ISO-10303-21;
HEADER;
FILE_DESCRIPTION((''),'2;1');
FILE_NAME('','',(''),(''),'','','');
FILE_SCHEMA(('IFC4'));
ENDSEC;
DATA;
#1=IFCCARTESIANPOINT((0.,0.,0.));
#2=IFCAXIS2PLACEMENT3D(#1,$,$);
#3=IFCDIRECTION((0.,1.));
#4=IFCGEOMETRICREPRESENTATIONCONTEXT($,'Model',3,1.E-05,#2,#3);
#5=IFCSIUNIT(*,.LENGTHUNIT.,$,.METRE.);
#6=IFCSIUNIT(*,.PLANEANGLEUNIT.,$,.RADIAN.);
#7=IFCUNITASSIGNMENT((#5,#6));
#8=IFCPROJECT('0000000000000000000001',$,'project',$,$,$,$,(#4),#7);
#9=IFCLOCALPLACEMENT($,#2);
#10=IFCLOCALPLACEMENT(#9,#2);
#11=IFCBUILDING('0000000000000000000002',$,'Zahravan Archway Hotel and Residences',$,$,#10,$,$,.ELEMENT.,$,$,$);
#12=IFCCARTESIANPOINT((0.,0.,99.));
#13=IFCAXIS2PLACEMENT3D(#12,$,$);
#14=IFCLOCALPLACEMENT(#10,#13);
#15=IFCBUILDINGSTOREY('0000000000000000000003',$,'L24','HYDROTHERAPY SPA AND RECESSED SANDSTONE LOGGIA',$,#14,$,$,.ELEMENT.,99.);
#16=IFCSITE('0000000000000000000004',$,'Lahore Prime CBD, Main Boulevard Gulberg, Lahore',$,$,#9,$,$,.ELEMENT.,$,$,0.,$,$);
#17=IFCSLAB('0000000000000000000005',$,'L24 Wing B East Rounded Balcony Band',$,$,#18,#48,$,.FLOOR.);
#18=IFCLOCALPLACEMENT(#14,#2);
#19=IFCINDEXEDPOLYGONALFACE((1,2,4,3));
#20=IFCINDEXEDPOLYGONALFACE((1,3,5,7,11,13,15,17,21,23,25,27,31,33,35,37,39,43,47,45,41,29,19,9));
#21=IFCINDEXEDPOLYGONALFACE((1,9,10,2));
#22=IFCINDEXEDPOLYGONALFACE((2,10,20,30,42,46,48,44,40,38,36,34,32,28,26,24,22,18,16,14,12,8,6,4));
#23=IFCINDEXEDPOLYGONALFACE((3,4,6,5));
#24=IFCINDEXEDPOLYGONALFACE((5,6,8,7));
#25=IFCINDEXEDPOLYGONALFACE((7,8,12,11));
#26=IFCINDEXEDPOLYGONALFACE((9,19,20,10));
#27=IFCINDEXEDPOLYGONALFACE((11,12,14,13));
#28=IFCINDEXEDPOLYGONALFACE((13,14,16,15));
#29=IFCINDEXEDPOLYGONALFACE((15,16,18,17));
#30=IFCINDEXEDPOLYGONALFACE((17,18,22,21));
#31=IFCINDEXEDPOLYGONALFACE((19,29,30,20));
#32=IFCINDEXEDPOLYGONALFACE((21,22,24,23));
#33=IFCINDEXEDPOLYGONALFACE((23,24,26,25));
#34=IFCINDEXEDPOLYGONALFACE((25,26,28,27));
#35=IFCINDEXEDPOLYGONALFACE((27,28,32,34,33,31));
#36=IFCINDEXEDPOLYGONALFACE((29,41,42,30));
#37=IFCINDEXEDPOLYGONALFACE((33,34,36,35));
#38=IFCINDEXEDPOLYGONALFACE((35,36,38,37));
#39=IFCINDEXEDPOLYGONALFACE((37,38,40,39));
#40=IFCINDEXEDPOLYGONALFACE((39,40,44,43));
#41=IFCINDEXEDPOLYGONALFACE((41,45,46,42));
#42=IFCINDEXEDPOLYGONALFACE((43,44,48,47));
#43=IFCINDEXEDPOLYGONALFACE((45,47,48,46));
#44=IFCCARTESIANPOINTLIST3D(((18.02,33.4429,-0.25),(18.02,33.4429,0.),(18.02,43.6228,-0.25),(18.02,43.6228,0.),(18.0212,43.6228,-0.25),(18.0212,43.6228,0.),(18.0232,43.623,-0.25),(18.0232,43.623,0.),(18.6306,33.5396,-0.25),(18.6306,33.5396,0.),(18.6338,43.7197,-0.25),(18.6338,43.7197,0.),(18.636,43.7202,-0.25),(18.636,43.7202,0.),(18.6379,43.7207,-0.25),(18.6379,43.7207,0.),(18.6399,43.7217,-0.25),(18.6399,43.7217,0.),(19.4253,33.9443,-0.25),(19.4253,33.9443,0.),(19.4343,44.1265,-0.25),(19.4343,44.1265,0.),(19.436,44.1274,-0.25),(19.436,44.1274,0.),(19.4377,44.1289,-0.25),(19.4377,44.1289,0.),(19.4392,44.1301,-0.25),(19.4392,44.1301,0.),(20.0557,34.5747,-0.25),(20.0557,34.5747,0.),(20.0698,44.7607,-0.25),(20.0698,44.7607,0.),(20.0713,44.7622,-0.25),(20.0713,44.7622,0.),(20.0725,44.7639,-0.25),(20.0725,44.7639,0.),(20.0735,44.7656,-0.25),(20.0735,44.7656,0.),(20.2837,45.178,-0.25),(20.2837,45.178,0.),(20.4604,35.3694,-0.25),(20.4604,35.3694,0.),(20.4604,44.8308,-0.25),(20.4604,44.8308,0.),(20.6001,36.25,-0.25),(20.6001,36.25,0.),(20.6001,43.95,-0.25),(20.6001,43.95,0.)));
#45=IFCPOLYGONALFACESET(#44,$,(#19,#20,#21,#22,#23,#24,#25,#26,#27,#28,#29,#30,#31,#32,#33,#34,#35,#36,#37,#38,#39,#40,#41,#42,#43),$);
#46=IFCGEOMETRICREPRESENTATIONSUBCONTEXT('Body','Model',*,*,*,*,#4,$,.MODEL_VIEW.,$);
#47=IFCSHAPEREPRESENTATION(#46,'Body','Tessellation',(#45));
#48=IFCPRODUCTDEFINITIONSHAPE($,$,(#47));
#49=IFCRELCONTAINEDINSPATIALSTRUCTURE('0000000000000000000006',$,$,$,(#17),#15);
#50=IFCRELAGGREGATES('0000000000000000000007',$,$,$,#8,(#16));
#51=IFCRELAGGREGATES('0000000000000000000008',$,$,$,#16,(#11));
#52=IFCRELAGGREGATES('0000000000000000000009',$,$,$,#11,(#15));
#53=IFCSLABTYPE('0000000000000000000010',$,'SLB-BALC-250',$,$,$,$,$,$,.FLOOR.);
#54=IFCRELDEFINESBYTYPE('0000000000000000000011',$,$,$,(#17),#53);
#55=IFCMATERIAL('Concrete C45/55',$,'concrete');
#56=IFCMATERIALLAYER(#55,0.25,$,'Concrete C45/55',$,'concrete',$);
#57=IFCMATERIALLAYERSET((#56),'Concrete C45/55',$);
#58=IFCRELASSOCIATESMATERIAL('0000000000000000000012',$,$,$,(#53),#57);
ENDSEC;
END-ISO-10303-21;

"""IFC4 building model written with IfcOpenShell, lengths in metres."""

from ifc_helpers import new_model, si_unit, direction, frame, origin, place, context, subcontext, project, spatial, polyline, outline, extrude, material, layer, layer_set, type_object, element, save


model = new_model("IFC4")

# Units and contexts
model_context = context("Model", 3, precision=1e-05, world=origin(), true_north=direction((0.0, 1.0)))
body_context = subcontext(model_context, "Body", "Model", "MODEL_VIEW")
ifc_project = project(units=[si_unit("LENGTHUNIT", "METRE"), si_unit("PLANEANGLEUNIT", "RADIAN")], contexts=[model_context])

# Site, building, storey
site_placement = place(None, origin())
site = spatial("IfcSite", under=ifc_project, at=site_placement, Name="Lahore Prime CBD, Main Boulevard Gulberg, Lahore", CompositionType="ELEMENT", RefElevation=0.0)
building_placement = place(site_placement, origin())
building = spatial("IfcBuilding", under=site, at=building_placement, Name="Zahravan Archway Hotel and Residences", CompositionType="ELEMENT")
storey_placement = place(building_placement, frame((0.0, 0.0, 99.0)))
storey = spatial("IfcBuildingStorey", under=building, at=storey_placement, Name="L24", Description="HYDROTHERAPY SPA AND RECESSED SANDSTONE LOGGIA", CompositionType="ELEMENT", Elevation=99.0)

# Slab
ifc_material_1 = material(Name="Concrete C45/55", Category="concrete")
ifc_layer_1 = layer(ifc_material_1, 0.25, Name="Concrete C45/55", Category="concrete")
ifc_layer_set_1 = layer_set([ifc_layer_1], Name="Concrete C45/55")
slab_type_1 = type_object("IfcSlabType", Name="SLB-BALC-250", PredefinedType="FLOOR", material=ifc_layer_set_1)
slab_1_placement = place(storey_placement, frame((0.0, 0.0, -0.25)))
element("IfcSlab", 1, at=slab_1_placement, inside=storey, type_object=slab_type_1, Name="L24 Wing B East Rounded Balcony Band", PredefinedType="FLOOR", context=body_context, shape_type="SweptSolid", body=[
    extrude(outline(polyline([(20.4604, 44.8308), (20.6001, 43.95), (20.6001, 36.25), (20.4604, 35.3694), (20.0557, 34.5747), (19.4253, 33.9443), (18.6306, 33.5396), (18.02, 33.4429), (18.02, 43.6228), (18.0212, 43.6228), (18.0232, 43.623), (18.6338, 43.7197), (18.636, 43.7202), (18.6379, 43.7207), (18.6399, 43.7217), (19.4343, 44.1265), (19.436, 44.1274), (19.4377, 44.1289), (19.4392, 44.1301), (20.0698, 44.7607), (20.0713, 44.7622), (20.0725, 44.7639), (20.0735, 44.7656), (20.2837, 45.178), (20.4604, 44.8308)])), origin(), (0.0, 0.0, 1.0), 0.25),
])

save(model, "model.ifc")
